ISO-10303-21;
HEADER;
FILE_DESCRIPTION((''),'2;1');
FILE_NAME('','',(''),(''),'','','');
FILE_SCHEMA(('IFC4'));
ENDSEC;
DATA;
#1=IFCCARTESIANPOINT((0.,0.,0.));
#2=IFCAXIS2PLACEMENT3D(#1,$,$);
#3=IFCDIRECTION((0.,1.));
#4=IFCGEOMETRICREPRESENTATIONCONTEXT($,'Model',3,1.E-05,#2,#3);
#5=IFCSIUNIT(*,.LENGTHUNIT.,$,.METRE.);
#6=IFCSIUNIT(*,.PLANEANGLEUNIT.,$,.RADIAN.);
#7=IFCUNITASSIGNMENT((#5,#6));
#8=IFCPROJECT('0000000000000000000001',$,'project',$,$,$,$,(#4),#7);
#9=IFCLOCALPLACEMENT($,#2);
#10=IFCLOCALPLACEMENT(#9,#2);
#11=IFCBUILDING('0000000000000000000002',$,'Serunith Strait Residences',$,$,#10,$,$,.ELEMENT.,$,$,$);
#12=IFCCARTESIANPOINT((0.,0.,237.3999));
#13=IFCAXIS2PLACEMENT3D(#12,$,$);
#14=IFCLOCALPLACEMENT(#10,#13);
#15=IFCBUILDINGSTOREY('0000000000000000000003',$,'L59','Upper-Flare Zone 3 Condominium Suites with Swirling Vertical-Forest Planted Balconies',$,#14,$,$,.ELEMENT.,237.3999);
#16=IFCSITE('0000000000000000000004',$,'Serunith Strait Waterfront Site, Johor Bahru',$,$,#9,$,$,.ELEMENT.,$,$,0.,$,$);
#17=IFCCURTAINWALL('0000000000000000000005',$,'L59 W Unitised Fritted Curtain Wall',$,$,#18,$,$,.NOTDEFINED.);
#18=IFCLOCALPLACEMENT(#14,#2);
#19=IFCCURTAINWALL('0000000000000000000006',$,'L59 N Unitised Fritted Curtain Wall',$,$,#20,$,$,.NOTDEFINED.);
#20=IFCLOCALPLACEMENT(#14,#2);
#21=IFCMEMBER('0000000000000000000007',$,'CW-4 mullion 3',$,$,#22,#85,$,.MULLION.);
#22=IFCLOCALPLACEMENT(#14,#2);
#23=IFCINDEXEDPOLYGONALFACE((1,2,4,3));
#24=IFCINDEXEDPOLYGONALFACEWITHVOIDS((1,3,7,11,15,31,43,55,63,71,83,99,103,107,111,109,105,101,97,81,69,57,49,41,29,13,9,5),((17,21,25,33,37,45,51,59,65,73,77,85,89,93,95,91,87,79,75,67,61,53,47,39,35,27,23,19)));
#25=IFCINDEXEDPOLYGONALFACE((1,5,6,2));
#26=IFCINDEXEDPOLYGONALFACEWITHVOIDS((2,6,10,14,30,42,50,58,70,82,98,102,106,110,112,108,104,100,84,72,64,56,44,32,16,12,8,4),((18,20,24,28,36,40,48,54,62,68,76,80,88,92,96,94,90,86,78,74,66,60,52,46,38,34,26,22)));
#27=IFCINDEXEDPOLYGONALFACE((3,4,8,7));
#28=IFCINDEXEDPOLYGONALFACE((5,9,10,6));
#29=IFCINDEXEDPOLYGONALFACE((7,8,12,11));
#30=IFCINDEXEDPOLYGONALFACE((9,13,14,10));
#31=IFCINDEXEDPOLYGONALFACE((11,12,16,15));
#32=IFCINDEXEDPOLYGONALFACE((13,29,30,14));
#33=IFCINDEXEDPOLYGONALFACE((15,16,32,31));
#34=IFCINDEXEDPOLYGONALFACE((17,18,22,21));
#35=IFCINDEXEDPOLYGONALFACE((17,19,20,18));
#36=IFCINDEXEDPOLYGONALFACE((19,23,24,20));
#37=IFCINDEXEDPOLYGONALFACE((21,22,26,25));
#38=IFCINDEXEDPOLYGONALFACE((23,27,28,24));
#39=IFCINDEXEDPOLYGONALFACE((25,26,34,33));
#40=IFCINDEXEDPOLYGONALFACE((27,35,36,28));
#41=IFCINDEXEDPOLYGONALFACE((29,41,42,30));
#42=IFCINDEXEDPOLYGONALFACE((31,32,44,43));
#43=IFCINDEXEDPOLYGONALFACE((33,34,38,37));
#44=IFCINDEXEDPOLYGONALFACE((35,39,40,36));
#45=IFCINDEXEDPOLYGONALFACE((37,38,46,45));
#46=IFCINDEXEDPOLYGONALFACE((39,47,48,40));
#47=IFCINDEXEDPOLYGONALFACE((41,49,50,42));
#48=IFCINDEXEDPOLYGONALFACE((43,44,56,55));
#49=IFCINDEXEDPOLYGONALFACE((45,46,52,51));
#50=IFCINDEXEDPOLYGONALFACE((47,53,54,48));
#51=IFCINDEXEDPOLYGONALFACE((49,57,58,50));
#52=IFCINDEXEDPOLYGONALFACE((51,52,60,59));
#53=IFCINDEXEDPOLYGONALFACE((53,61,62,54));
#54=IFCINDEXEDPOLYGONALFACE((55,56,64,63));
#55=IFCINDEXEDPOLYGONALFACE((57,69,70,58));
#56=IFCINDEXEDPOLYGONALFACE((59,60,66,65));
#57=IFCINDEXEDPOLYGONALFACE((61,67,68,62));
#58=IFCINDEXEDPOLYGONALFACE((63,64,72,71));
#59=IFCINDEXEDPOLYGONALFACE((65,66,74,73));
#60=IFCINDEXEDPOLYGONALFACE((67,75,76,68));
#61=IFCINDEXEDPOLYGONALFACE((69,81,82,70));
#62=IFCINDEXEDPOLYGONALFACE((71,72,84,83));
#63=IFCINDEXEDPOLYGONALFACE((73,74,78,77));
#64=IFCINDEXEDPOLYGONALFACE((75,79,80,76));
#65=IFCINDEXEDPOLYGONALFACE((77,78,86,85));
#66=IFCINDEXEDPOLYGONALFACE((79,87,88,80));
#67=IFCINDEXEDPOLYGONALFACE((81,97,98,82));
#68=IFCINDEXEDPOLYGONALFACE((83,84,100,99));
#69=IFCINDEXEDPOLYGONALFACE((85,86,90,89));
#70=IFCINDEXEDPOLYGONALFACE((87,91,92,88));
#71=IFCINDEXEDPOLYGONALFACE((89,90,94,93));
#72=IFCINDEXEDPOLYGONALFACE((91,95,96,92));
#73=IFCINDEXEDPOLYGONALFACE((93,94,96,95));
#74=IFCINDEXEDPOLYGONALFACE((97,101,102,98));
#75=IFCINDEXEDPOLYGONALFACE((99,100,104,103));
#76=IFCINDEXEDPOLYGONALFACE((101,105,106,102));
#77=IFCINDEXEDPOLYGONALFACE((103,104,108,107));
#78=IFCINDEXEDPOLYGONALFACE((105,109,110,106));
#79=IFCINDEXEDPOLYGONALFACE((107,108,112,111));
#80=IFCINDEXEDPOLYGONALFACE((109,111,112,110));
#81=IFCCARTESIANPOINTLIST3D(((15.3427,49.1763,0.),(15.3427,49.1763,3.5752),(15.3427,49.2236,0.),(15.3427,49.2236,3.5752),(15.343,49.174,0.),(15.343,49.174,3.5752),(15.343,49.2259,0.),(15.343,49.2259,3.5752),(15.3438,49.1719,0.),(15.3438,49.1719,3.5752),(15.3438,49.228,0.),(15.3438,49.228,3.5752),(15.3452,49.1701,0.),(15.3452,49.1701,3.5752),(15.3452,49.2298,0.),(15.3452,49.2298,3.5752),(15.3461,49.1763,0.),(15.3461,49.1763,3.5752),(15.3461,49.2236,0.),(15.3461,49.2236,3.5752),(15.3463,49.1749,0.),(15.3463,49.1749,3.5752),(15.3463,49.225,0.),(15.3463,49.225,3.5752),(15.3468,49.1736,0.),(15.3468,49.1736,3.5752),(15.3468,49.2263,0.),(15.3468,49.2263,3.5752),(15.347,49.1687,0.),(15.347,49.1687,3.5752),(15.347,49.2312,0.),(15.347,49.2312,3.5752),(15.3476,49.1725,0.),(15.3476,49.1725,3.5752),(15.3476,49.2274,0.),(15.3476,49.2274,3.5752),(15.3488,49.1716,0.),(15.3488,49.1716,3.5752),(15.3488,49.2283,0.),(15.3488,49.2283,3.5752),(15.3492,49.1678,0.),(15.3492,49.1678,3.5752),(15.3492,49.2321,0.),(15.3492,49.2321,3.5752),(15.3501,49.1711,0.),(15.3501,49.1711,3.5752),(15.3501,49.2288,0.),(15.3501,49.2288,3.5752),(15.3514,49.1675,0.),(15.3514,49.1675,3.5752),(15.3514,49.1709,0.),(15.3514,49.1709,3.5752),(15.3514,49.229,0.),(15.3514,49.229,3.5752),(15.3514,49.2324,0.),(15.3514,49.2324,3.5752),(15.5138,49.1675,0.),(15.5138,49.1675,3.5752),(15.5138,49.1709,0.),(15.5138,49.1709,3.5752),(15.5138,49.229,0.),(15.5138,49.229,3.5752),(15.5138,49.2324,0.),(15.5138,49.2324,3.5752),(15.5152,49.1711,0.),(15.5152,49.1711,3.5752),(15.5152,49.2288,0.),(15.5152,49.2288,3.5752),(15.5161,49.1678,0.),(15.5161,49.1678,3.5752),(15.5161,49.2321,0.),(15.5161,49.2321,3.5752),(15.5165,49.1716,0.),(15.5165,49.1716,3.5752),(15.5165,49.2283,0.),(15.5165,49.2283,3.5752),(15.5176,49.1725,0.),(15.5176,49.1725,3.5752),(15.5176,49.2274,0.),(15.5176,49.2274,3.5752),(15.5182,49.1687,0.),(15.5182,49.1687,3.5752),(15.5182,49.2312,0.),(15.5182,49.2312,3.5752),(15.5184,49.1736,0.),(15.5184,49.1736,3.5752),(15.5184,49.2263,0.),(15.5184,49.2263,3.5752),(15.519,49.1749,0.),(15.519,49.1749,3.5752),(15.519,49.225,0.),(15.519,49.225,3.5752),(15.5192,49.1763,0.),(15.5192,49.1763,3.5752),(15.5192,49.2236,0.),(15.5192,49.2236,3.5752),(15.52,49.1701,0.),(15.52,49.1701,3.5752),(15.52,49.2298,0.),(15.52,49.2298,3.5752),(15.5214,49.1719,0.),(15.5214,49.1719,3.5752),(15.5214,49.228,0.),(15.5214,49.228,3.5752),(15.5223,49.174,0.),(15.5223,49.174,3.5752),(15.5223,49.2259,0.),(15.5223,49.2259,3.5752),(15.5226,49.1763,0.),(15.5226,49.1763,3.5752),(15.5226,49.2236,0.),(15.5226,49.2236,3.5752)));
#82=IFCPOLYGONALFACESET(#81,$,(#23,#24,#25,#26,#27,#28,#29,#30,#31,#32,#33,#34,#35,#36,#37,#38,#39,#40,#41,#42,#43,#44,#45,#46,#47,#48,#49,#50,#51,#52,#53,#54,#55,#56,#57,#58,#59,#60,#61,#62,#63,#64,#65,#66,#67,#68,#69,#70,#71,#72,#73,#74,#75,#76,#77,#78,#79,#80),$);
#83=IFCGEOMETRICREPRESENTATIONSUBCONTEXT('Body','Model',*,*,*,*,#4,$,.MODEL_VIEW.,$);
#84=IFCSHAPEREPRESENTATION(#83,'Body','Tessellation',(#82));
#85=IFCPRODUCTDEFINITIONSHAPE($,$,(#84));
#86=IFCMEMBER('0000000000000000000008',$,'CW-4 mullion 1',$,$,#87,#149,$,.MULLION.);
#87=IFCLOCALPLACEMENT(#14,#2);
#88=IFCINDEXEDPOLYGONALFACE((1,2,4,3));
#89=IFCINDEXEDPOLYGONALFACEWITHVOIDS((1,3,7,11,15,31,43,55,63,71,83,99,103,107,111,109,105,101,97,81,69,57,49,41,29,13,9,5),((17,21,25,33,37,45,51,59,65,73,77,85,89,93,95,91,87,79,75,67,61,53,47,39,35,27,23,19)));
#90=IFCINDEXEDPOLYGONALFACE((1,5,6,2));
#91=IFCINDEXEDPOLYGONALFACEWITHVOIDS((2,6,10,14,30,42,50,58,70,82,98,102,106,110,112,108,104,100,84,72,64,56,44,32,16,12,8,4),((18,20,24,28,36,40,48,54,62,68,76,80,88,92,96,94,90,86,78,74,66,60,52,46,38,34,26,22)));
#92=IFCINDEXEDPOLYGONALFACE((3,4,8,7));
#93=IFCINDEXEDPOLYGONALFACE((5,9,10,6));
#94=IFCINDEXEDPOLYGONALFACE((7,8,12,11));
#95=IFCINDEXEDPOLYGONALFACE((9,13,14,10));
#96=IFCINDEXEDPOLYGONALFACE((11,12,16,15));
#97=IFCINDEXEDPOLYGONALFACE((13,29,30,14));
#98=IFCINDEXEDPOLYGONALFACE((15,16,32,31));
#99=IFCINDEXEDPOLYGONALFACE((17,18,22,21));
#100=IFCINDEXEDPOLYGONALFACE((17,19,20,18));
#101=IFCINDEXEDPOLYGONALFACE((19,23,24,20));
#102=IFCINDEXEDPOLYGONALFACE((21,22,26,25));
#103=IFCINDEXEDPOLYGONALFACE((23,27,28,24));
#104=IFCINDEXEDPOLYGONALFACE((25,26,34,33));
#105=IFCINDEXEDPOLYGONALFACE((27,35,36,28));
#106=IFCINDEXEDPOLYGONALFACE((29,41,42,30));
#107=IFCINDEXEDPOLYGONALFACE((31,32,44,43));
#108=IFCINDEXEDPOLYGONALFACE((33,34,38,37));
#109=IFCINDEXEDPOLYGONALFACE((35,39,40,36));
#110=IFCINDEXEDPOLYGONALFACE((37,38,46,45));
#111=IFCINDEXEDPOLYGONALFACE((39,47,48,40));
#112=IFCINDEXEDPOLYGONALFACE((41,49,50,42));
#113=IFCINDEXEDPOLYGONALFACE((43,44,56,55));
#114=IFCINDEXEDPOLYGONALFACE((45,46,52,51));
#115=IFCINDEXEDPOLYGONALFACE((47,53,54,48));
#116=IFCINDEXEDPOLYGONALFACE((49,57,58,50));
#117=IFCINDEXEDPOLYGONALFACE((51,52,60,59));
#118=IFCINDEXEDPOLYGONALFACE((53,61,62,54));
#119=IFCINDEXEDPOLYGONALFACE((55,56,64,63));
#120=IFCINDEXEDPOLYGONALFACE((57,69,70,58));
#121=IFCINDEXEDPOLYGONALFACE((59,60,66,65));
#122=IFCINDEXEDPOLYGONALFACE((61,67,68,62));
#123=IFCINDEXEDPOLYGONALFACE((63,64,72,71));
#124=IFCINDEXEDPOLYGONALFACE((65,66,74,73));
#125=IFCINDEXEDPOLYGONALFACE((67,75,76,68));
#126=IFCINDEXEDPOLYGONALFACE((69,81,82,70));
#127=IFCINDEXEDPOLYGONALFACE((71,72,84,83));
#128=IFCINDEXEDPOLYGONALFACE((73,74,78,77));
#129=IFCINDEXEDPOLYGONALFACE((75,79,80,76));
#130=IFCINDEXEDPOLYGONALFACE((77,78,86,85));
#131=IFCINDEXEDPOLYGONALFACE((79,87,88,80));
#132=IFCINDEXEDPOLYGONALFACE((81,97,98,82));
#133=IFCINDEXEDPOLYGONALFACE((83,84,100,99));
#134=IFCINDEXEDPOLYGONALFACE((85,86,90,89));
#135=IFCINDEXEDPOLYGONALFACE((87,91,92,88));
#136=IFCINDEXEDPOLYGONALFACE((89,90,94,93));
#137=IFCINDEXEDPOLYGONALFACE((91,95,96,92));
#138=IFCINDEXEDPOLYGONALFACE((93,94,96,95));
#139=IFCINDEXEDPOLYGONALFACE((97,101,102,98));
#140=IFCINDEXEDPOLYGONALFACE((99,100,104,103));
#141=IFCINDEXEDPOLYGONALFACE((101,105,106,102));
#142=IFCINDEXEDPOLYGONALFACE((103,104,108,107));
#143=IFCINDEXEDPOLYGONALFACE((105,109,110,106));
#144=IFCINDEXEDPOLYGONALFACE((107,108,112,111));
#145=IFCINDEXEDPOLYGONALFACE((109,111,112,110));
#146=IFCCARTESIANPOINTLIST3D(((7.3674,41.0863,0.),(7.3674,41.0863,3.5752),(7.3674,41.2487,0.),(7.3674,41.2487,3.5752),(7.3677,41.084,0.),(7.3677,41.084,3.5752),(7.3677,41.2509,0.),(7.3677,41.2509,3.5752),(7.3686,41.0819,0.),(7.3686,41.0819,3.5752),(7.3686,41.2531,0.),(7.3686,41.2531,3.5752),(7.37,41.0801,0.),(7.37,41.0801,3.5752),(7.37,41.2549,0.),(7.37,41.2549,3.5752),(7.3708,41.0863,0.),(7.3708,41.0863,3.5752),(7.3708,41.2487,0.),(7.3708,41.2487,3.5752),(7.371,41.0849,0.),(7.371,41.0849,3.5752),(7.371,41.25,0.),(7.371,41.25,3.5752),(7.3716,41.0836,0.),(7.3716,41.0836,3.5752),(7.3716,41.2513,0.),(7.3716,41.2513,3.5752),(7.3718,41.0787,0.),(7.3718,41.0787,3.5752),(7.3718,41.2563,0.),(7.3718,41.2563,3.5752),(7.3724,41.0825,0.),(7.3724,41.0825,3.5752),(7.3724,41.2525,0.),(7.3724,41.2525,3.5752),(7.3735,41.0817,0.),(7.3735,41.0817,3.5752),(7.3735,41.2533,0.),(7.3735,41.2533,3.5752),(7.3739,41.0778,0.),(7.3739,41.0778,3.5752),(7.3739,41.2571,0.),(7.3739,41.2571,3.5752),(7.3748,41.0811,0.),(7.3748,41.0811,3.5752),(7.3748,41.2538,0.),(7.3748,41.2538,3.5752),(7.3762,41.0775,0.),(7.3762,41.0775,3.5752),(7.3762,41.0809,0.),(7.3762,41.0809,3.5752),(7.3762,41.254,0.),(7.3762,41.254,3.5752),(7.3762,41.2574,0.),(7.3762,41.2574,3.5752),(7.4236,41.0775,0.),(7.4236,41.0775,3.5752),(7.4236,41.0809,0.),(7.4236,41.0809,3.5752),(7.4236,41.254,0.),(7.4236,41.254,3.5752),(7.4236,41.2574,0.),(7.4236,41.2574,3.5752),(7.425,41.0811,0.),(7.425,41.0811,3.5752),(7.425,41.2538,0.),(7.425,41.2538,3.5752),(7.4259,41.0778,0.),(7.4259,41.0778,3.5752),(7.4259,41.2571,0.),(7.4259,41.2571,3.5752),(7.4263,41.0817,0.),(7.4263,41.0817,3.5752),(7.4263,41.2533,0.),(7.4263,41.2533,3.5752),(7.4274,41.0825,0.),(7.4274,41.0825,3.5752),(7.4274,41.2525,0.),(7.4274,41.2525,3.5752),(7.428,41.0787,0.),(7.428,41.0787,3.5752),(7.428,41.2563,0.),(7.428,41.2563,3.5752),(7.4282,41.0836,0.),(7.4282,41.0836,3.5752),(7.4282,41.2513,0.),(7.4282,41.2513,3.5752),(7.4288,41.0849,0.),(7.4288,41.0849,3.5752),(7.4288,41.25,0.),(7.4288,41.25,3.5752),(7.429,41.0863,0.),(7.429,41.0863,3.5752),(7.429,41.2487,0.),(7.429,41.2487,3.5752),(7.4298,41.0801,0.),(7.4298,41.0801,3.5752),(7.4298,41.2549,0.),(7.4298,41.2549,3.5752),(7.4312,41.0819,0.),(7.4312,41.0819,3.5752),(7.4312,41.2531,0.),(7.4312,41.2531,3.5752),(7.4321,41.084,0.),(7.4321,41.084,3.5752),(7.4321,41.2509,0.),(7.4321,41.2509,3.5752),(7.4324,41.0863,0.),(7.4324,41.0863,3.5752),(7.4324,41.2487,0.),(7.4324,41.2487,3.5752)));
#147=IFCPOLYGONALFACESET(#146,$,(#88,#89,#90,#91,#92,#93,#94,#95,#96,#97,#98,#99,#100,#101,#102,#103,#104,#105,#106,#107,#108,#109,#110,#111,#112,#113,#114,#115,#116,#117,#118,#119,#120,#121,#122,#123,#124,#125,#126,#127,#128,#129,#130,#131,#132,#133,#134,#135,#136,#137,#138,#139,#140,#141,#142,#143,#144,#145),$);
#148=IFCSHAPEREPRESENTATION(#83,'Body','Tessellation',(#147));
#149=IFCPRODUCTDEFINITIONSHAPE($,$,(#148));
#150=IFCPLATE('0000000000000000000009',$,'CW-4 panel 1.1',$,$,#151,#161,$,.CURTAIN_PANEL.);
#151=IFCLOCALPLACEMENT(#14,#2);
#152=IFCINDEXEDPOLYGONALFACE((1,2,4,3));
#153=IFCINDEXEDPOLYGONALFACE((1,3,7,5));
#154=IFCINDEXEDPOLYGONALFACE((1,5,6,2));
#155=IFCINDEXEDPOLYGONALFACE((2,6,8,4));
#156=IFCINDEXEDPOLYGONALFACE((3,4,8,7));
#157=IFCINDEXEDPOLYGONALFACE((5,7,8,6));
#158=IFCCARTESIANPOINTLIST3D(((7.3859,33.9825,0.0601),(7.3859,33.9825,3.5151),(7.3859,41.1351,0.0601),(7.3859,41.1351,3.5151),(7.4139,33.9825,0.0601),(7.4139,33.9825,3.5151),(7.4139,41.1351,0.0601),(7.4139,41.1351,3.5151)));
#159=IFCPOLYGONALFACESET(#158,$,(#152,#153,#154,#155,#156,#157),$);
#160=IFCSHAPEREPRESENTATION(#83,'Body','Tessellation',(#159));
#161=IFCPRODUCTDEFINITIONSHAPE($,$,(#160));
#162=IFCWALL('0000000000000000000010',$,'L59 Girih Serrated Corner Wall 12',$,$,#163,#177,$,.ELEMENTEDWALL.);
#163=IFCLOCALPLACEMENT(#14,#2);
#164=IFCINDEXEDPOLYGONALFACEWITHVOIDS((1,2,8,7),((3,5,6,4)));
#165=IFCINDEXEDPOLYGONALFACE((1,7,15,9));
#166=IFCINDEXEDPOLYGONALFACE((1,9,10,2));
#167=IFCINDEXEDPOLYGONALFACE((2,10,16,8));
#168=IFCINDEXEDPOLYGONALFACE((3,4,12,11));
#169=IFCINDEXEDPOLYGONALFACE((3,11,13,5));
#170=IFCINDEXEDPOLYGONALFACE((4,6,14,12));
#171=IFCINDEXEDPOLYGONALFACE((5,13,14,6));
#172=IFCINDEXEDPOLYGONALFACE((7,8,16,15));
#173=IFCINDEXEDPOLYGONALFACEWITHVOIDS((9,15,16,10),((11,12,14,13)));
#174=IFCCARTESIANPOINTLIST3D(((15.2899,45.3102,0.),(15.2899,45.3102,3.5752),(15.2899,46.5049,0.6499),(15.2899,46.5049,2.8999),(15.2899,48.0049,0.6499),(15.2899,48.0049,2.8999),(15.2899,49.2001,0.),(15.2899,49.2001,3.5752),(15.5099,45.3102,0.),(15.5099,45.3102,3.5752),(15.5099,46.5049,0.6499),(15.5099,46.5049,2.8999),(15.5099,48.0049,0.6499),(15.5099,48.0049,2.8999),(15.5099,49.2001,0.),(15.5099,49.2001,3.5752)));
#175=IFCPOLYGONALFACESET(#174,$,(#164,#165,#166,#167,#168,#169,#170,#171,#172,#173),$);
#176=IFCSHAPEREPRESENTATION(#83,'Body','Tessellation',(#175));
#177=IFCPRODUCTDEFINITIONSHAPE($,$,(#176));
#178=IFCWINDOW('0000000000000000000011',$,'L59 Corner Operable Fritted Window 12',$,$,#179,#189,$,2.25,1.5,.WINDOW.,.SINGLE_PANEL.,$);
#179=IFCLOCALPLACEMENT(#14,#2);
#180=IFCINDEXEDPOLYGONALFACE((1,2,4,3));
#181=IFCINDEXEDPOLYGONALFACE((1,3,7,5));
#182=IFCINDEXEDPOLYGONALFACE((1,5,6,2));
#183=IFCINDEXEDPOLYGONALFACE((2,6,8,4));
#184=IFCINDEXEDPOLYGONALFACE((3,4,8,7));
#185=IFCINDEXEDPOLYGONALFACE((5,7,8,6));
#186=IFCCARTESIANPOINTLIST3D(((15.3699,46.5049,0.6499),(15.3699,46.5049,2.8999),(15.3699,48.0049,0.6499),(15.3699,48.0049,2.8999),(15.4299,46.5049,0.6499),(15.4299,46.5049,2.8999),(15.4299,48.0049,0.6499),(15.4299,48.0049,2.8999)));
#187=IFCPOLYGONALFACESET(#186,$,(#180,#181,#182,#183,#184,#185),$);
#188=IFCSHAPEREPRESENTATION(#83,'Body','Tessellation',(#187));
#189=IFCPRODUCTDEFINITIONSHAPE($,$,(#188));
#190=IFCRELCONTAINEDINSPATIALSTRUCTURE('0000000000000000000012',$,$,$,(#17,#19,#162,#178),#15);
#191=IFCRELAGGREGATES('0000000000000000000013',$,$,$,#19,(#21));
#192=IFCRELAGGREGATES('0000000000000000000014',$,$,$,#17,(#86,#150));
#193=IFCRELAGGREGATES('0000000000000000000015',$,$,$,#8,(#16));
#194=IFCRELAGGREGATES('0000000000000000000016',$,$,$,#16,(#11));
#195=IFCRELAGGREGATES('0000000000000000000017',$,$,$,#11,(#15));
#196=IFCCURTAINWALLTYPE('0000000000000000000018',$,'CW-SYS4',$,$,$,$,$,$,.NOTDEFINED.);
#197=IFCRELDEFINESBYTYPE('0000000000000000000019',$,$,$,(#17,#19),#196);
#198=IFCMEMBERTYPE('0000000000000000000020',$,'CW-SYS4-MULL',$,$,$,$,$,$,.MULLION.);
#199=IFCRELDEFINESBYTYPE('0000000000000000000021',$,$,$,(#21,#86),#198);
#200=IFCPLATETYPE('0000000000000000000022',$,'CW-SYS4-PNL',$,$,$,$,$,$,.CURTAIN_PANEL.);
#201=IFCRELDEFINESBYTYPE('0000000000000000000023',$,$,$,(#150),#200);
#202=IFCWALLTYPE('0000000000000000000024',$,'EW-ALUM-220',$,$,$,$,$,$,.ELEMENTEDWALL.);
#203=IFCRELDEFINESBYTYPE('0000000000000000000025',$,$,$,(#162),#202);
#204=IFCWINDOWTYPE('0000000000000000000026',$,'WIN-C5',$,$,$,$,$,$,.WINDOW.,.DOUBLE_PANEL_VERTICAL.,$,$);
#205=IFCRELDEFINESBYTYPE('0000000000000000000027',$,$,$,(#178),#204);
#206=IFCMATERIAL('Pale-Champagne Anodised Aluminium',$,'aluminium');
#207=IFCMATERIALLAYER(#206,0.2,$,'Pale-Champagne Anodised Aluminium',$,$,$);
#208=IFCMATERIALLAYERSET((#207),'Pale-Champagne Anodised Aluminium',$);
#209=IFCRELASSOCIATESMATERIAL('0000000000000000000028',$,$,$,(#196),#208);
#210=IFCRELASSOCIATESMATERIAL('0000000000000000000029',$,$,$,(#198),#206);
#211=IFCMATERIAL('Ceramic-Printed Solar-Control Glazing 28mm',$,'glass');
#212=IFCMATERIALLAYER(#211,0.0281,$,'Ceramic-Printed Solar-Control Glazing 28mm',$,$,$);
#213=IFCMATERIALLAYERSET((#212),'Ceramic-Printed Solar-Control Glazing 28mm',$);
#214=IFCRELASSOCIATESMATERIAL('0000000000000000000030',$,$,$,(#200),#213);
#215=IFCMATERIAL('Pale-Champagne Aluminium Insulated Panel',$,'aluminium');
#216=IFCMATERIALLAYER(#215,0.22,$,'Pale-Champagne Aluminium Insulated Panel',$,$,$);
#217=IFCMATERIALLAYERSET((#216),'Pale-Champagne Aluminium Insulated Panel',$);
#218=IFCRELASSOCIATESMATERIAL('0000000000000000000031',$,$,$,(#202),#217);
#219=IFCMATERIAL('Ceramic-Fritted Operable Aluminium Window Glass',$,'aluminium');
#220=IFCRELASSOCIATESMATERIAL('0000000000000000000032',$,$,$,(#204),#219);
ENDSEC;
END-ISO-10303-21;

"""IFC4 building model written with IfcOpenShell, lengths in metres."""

from ifc_helpers import new_model, si_unit, direction, frame, frame_2d, origin, origin_2d, place, context, subcontext, project, spatial, rectangle, hollow_rectangle, extrude, source, transform, mapped, material, layer, layer_set, material_profile, profile_set, type_object, element, fill, aggregate, save


model = new_model("IFC4")

# Units and contexts
model_context = context("Model", 3, precision=1e-05, world=origin(), true_north=direction((0.0, 1.0)))
body_context = subcontext(model_context, "Body", "Model", "MODEL_VIEW")
ifc_project = project(units=[si_unit("LENGTHUNIT", "METRE"), si_unit("PLANEANGLEUNIT", "RADIAN")], contexts=[model_context])

# Site, building, storey
site_placement = place(None, origin())
site = spatial("IfcSite", under=ifc_project, at=site_placement, Name="Serunith Strait Waterfront Site, Johor Bahru", CompositionType="ELEMENT", RefElevation=0.0)
building_placement = place(site_placement, origin())
building = spatial("IfcBuilding", under=site, at=building_placement, Name="Serunith Strait Residences", CompositionType="ELEMENT")
storey_placement = place(building_placement, frame((0.0, 0.0, 237.3999)))
storey = spatial("IfcBuildingStorey", under=building, at=storey_placement, Name="L59", Description="Upper-Flare Zone 3 Condominium Suites with Swirling Vertical-Forest Planted Balconies", CompositionType="ELEMENT", Elevation=237.3999)

# Curtain wall
ifc_material_1 = material(Name="Pale-Champagne Anodised Aluminium", Category="aluminium")
ifc_layer_1 = layer(ifc_material_1, 0.2, Name="Pale-Champagne Anodised Aluminium")
ifc_layer_set_1 = layer_set([ifc_layer_1], Name="Pale-Champagne Anodised Aluminium")
curtain_wall_type = type_object("IfcCurtainWallType", Name="CW-SYS4", PredefinedType="NOTDEFINED", material=ifc_layer_set_1)
curtain_wall_1_placement = place(storey_placement, origin())
curtain_wall_1 = element("IfcCurtainWall", 1, at=curtain_wall_1_placement, inside=storey, type_object=curtain_wall_type, Name="L59 W Unitised Fritted Curtain Wall", PredefinedType="NOTDEFINED")

# Curtain wall, member
curtain_wall_2_placement = place(storey_placement, origin())
curtain_wall_2 = element("IfcCurtainWall", 2, at=curtain_wall_2_placement, inside=storey, type_object=curtain_wall_type, Name="L59 N Unitised Fritted Curtain Wall", PredefinedType="NOTDEFINED")
ifc_material_profile_1 = material_profile(ifc_material_1, hollow_rectangle(XDim=0.0649, YDim=0.1799, WallThickness=0.0034, InnerFilletRadius=0.0054, OuterFilletRadius=0.0088, at=origin_2d()), Name="ALU 180x65x3.5")
ifc_profile_set_1 = profile_set([ifc_material_profile_1], Name="Pale-Champagne Anodised Aluminium")
member_type_1 = type_object("IfcMemberType", Name="CW-SYS4-MULL", PredefinedType="MULLION", material=ifc_profile_set_1)
shared_shape_1 = source(origin(), body_context, "Body", "SweptSolid", [
    extrude(hollow_rectangle(XDim=0.0649, YDim=0.1799, WallThickness=0.0034, InnerFilletRadius=0.0054, OuterFilletRadius=0.0088, at=origin_2d()), origin(), (0.0, 0.0, 1.0), 3.5752),
])
member_1_placement = place(storey_placement, frame((15.4326, 49.2, 0.0), z_axis=(0.0, 0.0, 1.0), x_axis=(0.0, -1.0, 0.0)))
member_1 = element("IfcMember", 3, at=member_1_placement, type_object=member_type_1, Name="CW-4 mullion 3", PredefinedType="MULLION", context=body_context, shape_type="MappedRepresentation", body=[
    mapped(shared_shape_1, transform((0.0, 0.0, 0.0), scale=1.0)),
])
aggregate(curtain_wall_2, [member_1])

# Member
member_2_placement = place(storey_placement, frame((7.3999, 41.1675, 0.0), z_axis=(0.0, 0.0, 1.0), x_axis=(1.0, 0.0, 0.0)))
member_2 = element("IfcMember", 4, at=member_2_placement, type_object=member_type_1, Name="CW-4 mullion 1", PredefinedType="MULLION", context=body_context, shape_type="MappedRepresentation", body=[
    mapped(shared_shape_1, transform((0.0, 0.0, 0.0), scale=1.0)),
])

# Plate
ifc_material_2 = material(Name="Ceramic-Printed Solar-Control Glazing 28mm", Category="glass")
ifc_layer_2 = layer(ifc_material_2, 0.0281, Name="Ceramic-Printed Solar-Control Glazing 28mm")
ifc_layer_set_2 = layer_set([ifc_layer_2], Name="Ceramic-Printed Solar-Control Glazing 28mm")
plate_type = type_object("IfcPlateType", Name="CW-SYS4-PNL", PredefinedType="CURTAIN_PANEL", material=ifc_layer_set_2)
shared_shape_2 = source(origin(), body_context, "Body", "SweptSolid", [
    extrude(rectangle(XDim=7.1526, YDim=0.0281, at=origin_2d()), origin(), (0.0, 0.0, 1.0), 3.4551),
])
plate_placement = place(storey_placement, frame((7.3999, 37.5588, 0.0601), z_axis=(0.0, 0.0, 1.0), x_axis=(0.0, -1.0, 0.0)))
plate = element("IfcPlate", 5, at=plate_placement, type_object=plate_type, Name="CW-4 panel 1.1", PredefinedType="CURTAIN_PANEL", context=body_context, shape_type="MappedRepresentation", body=[
    mapped(shared_shape_2, transform((0.0, 0.0, 0.0), scale=1.0)),
])
aggregate(curtain_wall_1, [member_2, plate])

# Wall, opening, window
ifc_material_3 = material(Name="Pale-Champagne Aluminium Insulated Panel", Category="aluminium")
ifc_layer_3 = layer(ifc_material_3, 0.22, Name="Pale-Champagne Aluminium Insulated Panel")
ifc_layer_set_3 = layer_set([ifc_layer_3], Name="Pale-Champagne Aluminium Insulated Panel")
wall_type_1 = type_object("IfcWallType", Name="EW-ALUM-220", PredefinedType="ELEMENTEDWALL", material=ifc_layer_set_3)
wall_1_placement = place(storey_placement, frame((15.3999, 49.2, 0.0), z_axis=(0.0, 0.0, 1.0), x_axis=(0.0, -1.0, 0.0)))
wall_1 = element("IfcWall", 6, at=wall_1_placement, inside=storey, type_object=wall_type_1, Name="L59 Girih Serrated Corner Wall 12", PredefinedType="ELEMENTEDWALL", context=body_context, shape_type="SweptSolid", body=[
    extrude(rectangle(XDim=3.8899, YDim=0.22, at=frame_2d((1.9448, 0.0))), origin(), (0.0, 0.0, 1.0), 3.5752),
])
opening_1_placement = place(wall_1_placement, frame((1.1951, 0.0, 0.6499)))
opening_1 = element("IfcOpeningElement", 7, at=opening_1_placement, cuts=wall_1, PredefinedType="OPENING", context=body_context, shape_type="SweptSolid", body=[
    extrude(rectangle(XDim=1.5, YDim=2.25, at=frame_2d((0.75, 1.125))), frame((0.0, 0.1201, 0.0), z_axis=(0.0, -1.0, 0.0), x_axis=(1.0, 0.0, 0.0)), (0.0, 0.0, 1.0), 0.24),
])
ifc_material_4 = material(Name="Ceramic-Fritted Operable Aluminium Window Glass", Category="aluminium")
window_type = type_object("IfcWindowType", Name="WIN-C5", PartitioningType="DOUBLE_PANEL_VERTICAL", PredefinedType="WINDOW", material=ifc_material_4)
shared_shape_3 = source(origin(), body_context, "Body", "SweptSolid", [
    extrude(rectangle(XDim=1.5, YDim=2.25, at=frame_2d((0.75, 1.125))), frame((0.0, 0.03, 0.0), z_axis=(0.0, -1.0, 0.0), x_axis=(1.0, 0.0, 0.0)), (0.0, 0.0, 1.0), 0.0601),
])
window_1_placement = place(opening_1_placement, origin())
window_1 = element("IfcWindow", 8, at=window_1_placement, inside=storey, type_object=window_type, Name="L59 Corner Operable Fritted Window 12", OverallHeight=2.25, OverallWidth=1.5, PartitioningType="SINGLE_PANEL", PredefinedType="WINDOW", context=body_context, shape_type="MappedRepresentation", body=[
    mapped(shared_shape_3, transform((0.0, 0.0, 0.0), scale=1.0)),
])
fill(opening_1, window_1)

save(model, "model.ifc")
